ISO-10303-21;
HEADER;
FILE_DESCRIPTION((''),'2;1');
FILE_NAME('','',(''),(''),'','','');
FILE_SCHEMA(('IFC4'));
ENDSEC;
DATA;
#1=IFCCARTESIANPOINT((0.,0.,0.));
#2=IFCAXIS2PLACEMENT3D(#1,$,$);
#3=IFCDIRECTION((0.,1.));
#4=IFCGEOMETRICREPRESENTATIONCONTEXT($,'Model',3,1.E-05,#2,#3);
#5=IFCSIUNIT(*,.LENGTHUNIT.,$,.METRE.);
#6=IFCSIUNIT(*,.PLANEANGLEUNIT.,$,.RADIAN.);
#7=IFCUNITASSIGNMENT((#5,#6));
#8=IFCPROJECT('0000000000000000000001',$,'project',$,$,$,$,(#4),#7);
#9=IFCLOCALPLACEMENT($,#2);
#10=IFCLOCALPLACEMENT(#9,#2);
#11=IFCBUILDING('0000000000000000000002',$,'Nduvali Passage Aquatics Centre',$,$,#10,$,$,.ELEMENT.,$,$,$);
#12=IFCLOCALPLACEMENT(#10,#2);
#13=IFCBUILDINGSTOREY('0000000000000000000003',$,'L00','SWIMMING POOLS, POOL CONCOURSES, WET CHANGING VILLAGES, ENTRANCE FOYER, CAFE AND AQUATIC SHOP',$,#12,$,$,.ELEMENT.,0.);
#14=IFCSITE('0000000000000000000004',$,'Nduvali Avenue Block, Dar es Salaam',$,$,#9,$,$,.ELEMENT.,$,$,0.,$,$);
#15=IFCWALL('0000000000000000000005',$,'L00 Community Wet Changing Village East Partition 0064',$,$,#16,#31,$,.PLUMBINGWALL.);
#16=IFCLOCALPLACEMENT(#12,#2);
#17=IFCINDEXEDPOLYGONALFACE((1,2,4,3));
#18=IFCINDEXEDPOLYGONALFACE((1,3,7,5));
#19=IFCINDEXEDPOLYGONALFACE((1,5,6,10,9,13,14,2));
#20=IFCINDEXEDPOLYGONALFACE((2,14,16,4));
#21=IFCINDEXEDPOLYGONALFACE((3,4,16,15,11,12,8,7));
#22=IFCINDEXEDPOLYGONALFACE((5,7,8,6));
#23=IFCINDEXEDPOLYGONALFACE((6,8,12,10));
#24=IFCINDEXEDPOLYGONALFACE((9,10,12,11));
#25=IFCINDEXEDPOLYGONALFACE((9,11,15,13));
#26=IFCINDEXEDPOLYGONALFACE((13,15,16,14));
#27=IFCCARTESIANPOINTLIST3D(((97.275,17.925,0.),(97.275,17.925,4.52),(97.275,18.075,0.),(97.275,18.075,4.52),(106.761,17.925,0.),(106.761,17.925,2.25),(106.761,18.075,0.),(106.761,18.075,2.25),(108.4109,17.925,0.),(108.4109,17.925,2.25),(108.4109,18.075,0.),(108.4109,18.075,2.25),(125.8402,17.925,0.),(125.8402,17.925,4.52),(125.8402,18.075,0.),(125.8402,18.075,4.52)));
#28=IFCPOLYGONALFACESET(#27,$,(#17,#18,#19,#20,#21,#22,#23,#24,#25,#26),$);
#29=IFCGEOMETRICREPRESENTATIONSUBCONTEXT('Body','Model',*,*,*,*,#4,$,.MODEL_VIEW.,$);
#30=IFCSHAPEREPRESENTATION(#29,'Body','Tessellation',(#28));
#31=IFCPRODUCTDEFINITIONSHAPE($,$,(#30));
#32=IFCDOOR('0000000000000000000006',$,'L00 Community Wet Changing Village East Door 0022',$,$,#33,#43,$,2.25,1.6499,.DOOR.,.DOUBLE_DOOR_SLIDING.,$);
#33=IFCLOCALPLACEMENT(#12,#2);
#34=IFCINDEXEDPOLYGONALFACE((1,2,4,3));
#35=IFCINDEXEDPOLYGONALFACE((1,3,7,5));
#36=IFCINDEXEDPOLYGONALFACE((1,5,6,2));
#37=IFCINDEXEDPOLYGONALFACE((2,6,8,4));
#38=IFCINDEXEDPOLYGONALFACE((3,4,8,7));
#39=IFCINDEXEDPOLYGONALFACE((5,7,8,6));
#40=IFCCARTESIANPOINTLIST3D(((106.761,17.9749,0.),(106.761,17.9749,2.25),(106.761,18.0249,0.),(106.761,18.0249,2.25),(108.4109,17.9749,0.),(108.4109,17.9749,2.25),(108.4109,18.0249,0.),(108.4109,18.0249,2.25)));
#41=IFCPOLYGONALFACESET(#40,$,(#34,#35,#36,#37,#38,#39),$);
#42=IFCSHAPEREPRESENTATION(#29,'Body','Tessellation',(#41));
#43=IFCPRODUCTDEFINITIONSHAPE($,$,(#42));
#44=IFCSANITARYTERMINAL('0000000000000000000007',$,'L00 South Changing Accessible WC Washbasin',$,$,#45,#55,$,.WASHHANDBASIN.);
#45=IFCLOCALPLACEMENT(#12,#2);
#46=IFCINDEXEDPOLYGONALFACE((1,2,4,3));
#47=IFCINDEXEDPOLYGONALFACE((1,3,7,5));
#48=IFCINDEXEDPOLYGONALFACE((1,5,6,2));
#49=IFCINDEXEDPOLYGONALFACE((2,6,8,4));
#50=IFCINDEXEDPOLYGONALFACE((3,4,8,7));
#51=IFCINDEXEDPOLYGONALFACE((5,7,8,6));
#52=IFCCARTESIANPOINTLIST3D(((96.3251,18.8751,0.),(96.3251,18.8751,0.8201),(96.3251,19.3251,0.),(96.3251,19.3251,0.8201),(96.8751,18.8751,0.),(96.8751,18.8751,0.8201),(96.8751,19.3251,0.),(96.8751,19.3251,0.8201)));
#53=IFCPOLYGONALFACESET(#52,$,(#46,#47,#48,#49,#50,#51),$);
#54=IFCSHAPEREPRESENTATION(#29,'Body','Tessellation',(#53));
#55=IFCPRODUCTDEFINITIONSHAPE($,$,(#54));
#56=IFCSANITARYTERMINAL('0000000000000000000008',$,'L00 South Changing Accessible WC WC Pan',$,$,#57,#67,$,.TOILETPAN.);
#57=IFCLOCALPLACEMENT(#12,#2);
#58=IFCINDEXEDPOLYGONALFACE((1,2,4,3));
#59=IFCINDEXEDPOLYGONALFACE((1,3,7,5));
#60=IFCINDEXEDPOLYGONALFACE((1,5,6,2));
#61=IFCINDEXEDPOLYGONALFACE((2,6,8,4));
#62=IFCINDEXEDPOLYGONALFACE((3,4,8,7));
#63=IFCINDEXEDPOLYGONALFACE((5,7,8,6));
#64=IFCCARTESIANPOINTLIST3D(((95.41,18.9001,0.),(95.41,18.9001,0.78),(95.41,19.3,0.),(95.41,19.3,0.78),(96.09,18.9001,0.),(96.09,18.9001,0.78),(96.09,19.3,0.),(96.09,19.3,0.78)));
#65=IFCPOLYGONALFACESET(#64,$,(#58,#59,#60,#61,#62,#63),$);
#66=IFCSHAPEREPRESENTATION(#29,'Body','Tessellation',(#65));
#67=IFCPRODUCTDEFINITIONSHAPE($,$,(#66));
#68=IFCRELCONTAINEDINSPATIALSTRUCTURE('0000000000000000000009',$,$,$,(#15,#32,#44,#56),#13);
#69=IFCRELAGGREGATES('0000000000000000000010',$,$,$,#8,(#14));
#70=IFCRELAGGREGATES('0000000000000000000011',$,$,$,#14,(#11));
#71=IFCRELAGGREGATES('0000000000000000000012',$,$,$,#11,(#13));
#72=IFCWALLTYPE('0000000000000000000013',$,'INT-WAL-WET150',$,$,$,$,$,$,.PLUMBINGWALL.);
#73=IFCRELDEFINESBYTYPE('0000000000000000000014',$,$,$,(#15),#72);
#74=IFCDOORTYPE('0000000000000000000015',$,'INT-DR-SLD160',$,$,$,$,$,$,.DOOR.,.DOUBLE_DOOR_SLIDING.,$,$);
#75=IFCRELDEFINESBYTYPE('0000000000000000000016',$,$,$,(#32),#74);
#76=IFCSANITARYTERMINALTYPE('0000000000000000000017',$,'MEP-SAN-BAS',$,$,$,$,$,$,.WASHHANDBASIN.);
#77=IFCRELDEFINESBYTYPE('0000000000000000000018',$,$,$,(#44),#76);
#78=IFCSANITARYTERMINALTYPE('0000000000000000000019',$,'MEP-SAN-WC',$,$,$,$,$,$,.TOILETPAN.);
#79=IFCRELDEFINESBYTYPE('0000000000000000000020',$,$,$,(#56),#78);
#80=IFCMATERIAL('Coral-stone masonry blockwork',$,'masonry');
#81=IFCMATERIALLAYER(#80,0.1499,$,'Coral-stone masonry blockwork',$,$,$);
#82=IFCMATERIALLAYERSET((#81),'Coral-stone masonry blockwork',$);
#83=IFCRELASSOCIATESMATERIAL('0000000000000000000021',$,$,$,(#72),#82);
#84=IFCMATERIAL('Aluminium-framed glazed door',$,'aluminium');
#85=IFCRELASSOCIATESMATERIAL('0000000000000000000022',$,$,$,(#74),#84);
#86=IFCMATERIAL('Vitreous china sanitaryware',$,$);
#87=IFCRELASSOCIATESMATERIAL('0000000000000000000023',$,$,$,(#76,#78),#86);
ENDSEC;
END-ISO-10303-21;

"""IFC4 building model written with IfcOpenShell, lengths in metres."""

from ifc_helpers import new_model, si_unit, direction, frame, frame_2d, origin, origin_2d, place, context, subcontext, project, spatial, rectangle, extrude, material, layer, layer_set, type_object, element, fill, save


model = new_model("IFC4")

# Units and contexts
model_context = context("Model", 3, precision=1e-05, world=origin(), true_north=direction((0.0, 1.0)))
body_context = subcontext(model_context, "Body", "Model", "MODEL_VIEW")
ifc_project = project(units=[si_unit("LENGTHUNIT", "METRE"), si_unit("PLANEANGLEUNIT", "RADIAN")], contexts=[model_context])

# Site, building, storey
site_placement = place(None, origin())
site = spatial("IfcSite", under=ifc_project, at=site_placement, Name="Nduvali Avenue Block, Dar es Salaam", CompositionType="ELEMENT", RefElevation=0.0)
building_placement = place(site_placement, origin())
building = spatial("IfcBuilding", under=site, at=building_placement, Name="Nduvali Passage Aquatics Centre", CompositionType="ELEMENT")
storey_placement = place(building_placement, origin())
storey = spatial("IfcBuildingStorey", under=building, at=storey_placement, Name="L00", Description="SWIMMING POOLS, POOL CONCOURSES, WET CHANGING VILLAGES, ENTRANCE FOYER, CAFE AND AQUATIC SHOP", CompositionType="ELEMENT", Elevation=0.0)

# Shared definitions
ifc_material_1 = material(Name="Coral-stone masonry blockwork", Category="masonry")
ifc_layer_1 = layer(ifc_material_1, 0.1499, Name="Coral-stone masonry blockwork")
ifc_layer_set_1 = layer_set([ifc_layer_1], Name="Coral-stone masonry blockwork")
wall_type = type_object("IfcWallType", Name="INT-WAL-WET150", PredefinedType="PLUMBINGWALL", material=ifc_layer_set_1)

# Wall, opening, door
wall_1_placement = place(storey_placement, frame((97.2749, 18.0, 0.0), z_axis=(0.0, 0.0, 1.0), x_axis=(1.0, 0.0, 0.0)))
wall_1 = element("IfcWall", 1, at=wall_1_placement, inside=storey, type_object=wall_type, Name="L00 Community Wet Changing Village East Partition 0064", PredefinedType="PLUMBINGWALL", context=body_context, shape_type="SweptSolid", body=[
    extrude(rectangle(XDim=28.5652, YDim=0.1499, at=frame_2d((14.2827, 0.0))), origin(), (0.0, 0.0, 1.0), 4.52),
])
opening_1_placement = place(wall_1_placement, frame((9.4861, 0.0, 0.0)))
opening_1 = element("IfcOpeningElement", 2, at=opening_1_placement, cuts=wall_1, PredefinedType="OPENING", context=body_context, shape_type="SweptSolid", body=[
    extrude(rectangle(XDim=1.6499, YDim=2.25, at=frame_2d((0.825, 1.125))), frame((0.0, 0.0898, 0.0), z_axis=(0.0, -1.0, 0.0), x_axis=(1.0, 0.0, 0.0)), (0.0, 0.0, 1.0), 0.1797),
])
ifc_material_2 = material(Name="Aluminium-framed glazed door", Category="aluminium")
door_type_1 = type_object("IfcDoorType", Name="INT-DR-SLD160", OperationType="DOUBLE_DOOR_SLIDING", PredefinedType="DOOR", material=ifc_material_2)
door_1_placement = place(opening_1_placement, origin())
door_1 = element("IfcDoor", 3, at=door_1_placement, inside=storey, type_object=door_type_1, Name="L00 Community Wet Changing Village East Door 0022", OperationType="DOUBLE_DOOR_SLIDING", OverallHeight=2.25, OverallWidth=1.6499, PredefinedType="DOOR", context=body_context, shape_type="SweptSolid", body=[
    extrude(rectangle(XDim=1.6499, YDim=2.25, at=frame_2d((0.825, 1.125))), frame((0.0, 0.0249, 0.0), z_axis=(0.0, -1.0, 0.0), x_axis=(1.0, 0.0, 0.0)), (0.0, 0.0, 1.0), 0.05),
])
fill(opening_1, door_1)

# Sanitary terminals
ifc_material_3 = material(Name="Vitreous china sanitaryware")
sanitary_terminal_type_1 = type_object("IfcSanitaryTerminalType", Name="MEP-SAN-BAS", PredefinedType="WASHHANDBASIN", material=ifc_material_3)
sanitary_terminal_1_placement = place(storey_placement, frame((96.6001, 19.1001, 0.0), z_axis=(0.0, 0.0, 1.0), x_axis=(1.0, 0.0, 0.0)))
element("IfcSanitaryTerminal", 4, at=sanitary_terminal_1_placement, inside=storey, type_object=sanitary_terminal_type_1, Name="L00 South Changing Accessible WC Washbasin", PredefinedType="WASHHANDBASIN", context=body_context, shape_type="SweptSolid", body=[
    extrude(rectangle(XDim=0.55, YDim=0.45, at=origin_2d()), origin(), (0.0, 0.0, 1.0), 0.8201),
])
sanitary_terminal_type_2 = type_object("IfcSanitaryTerminalType", Name="MEP-SAN-WC", PredefinedType="TOILETPAN", material=ifc_material_3)
sanitary_terminal_2_placement = place(storey_placement, frame((95.75, 19.1001, 0.0), z_axis=(0.0, 0.0, 1.0), x_axis=(1.0, 0.0, 0.0)))
element("IfcSanitaryTerminal", 5, at=sanitary_terminal_2_placement, inside=storey, type_object=sanitary_terminal_type_2, Name="L00 South Changing Accessible WC WC Pan", PredefinedType="TOILETPAN", context=body_context, shape_type="SweptSolid", body=[
    extrude(rectangle(XDim=0.6799, YDim=0.3999, at=origin_2d()), origin(), (0.0, 0.0, 1.0), 0.78),
])

save(model, "model.ifc")
